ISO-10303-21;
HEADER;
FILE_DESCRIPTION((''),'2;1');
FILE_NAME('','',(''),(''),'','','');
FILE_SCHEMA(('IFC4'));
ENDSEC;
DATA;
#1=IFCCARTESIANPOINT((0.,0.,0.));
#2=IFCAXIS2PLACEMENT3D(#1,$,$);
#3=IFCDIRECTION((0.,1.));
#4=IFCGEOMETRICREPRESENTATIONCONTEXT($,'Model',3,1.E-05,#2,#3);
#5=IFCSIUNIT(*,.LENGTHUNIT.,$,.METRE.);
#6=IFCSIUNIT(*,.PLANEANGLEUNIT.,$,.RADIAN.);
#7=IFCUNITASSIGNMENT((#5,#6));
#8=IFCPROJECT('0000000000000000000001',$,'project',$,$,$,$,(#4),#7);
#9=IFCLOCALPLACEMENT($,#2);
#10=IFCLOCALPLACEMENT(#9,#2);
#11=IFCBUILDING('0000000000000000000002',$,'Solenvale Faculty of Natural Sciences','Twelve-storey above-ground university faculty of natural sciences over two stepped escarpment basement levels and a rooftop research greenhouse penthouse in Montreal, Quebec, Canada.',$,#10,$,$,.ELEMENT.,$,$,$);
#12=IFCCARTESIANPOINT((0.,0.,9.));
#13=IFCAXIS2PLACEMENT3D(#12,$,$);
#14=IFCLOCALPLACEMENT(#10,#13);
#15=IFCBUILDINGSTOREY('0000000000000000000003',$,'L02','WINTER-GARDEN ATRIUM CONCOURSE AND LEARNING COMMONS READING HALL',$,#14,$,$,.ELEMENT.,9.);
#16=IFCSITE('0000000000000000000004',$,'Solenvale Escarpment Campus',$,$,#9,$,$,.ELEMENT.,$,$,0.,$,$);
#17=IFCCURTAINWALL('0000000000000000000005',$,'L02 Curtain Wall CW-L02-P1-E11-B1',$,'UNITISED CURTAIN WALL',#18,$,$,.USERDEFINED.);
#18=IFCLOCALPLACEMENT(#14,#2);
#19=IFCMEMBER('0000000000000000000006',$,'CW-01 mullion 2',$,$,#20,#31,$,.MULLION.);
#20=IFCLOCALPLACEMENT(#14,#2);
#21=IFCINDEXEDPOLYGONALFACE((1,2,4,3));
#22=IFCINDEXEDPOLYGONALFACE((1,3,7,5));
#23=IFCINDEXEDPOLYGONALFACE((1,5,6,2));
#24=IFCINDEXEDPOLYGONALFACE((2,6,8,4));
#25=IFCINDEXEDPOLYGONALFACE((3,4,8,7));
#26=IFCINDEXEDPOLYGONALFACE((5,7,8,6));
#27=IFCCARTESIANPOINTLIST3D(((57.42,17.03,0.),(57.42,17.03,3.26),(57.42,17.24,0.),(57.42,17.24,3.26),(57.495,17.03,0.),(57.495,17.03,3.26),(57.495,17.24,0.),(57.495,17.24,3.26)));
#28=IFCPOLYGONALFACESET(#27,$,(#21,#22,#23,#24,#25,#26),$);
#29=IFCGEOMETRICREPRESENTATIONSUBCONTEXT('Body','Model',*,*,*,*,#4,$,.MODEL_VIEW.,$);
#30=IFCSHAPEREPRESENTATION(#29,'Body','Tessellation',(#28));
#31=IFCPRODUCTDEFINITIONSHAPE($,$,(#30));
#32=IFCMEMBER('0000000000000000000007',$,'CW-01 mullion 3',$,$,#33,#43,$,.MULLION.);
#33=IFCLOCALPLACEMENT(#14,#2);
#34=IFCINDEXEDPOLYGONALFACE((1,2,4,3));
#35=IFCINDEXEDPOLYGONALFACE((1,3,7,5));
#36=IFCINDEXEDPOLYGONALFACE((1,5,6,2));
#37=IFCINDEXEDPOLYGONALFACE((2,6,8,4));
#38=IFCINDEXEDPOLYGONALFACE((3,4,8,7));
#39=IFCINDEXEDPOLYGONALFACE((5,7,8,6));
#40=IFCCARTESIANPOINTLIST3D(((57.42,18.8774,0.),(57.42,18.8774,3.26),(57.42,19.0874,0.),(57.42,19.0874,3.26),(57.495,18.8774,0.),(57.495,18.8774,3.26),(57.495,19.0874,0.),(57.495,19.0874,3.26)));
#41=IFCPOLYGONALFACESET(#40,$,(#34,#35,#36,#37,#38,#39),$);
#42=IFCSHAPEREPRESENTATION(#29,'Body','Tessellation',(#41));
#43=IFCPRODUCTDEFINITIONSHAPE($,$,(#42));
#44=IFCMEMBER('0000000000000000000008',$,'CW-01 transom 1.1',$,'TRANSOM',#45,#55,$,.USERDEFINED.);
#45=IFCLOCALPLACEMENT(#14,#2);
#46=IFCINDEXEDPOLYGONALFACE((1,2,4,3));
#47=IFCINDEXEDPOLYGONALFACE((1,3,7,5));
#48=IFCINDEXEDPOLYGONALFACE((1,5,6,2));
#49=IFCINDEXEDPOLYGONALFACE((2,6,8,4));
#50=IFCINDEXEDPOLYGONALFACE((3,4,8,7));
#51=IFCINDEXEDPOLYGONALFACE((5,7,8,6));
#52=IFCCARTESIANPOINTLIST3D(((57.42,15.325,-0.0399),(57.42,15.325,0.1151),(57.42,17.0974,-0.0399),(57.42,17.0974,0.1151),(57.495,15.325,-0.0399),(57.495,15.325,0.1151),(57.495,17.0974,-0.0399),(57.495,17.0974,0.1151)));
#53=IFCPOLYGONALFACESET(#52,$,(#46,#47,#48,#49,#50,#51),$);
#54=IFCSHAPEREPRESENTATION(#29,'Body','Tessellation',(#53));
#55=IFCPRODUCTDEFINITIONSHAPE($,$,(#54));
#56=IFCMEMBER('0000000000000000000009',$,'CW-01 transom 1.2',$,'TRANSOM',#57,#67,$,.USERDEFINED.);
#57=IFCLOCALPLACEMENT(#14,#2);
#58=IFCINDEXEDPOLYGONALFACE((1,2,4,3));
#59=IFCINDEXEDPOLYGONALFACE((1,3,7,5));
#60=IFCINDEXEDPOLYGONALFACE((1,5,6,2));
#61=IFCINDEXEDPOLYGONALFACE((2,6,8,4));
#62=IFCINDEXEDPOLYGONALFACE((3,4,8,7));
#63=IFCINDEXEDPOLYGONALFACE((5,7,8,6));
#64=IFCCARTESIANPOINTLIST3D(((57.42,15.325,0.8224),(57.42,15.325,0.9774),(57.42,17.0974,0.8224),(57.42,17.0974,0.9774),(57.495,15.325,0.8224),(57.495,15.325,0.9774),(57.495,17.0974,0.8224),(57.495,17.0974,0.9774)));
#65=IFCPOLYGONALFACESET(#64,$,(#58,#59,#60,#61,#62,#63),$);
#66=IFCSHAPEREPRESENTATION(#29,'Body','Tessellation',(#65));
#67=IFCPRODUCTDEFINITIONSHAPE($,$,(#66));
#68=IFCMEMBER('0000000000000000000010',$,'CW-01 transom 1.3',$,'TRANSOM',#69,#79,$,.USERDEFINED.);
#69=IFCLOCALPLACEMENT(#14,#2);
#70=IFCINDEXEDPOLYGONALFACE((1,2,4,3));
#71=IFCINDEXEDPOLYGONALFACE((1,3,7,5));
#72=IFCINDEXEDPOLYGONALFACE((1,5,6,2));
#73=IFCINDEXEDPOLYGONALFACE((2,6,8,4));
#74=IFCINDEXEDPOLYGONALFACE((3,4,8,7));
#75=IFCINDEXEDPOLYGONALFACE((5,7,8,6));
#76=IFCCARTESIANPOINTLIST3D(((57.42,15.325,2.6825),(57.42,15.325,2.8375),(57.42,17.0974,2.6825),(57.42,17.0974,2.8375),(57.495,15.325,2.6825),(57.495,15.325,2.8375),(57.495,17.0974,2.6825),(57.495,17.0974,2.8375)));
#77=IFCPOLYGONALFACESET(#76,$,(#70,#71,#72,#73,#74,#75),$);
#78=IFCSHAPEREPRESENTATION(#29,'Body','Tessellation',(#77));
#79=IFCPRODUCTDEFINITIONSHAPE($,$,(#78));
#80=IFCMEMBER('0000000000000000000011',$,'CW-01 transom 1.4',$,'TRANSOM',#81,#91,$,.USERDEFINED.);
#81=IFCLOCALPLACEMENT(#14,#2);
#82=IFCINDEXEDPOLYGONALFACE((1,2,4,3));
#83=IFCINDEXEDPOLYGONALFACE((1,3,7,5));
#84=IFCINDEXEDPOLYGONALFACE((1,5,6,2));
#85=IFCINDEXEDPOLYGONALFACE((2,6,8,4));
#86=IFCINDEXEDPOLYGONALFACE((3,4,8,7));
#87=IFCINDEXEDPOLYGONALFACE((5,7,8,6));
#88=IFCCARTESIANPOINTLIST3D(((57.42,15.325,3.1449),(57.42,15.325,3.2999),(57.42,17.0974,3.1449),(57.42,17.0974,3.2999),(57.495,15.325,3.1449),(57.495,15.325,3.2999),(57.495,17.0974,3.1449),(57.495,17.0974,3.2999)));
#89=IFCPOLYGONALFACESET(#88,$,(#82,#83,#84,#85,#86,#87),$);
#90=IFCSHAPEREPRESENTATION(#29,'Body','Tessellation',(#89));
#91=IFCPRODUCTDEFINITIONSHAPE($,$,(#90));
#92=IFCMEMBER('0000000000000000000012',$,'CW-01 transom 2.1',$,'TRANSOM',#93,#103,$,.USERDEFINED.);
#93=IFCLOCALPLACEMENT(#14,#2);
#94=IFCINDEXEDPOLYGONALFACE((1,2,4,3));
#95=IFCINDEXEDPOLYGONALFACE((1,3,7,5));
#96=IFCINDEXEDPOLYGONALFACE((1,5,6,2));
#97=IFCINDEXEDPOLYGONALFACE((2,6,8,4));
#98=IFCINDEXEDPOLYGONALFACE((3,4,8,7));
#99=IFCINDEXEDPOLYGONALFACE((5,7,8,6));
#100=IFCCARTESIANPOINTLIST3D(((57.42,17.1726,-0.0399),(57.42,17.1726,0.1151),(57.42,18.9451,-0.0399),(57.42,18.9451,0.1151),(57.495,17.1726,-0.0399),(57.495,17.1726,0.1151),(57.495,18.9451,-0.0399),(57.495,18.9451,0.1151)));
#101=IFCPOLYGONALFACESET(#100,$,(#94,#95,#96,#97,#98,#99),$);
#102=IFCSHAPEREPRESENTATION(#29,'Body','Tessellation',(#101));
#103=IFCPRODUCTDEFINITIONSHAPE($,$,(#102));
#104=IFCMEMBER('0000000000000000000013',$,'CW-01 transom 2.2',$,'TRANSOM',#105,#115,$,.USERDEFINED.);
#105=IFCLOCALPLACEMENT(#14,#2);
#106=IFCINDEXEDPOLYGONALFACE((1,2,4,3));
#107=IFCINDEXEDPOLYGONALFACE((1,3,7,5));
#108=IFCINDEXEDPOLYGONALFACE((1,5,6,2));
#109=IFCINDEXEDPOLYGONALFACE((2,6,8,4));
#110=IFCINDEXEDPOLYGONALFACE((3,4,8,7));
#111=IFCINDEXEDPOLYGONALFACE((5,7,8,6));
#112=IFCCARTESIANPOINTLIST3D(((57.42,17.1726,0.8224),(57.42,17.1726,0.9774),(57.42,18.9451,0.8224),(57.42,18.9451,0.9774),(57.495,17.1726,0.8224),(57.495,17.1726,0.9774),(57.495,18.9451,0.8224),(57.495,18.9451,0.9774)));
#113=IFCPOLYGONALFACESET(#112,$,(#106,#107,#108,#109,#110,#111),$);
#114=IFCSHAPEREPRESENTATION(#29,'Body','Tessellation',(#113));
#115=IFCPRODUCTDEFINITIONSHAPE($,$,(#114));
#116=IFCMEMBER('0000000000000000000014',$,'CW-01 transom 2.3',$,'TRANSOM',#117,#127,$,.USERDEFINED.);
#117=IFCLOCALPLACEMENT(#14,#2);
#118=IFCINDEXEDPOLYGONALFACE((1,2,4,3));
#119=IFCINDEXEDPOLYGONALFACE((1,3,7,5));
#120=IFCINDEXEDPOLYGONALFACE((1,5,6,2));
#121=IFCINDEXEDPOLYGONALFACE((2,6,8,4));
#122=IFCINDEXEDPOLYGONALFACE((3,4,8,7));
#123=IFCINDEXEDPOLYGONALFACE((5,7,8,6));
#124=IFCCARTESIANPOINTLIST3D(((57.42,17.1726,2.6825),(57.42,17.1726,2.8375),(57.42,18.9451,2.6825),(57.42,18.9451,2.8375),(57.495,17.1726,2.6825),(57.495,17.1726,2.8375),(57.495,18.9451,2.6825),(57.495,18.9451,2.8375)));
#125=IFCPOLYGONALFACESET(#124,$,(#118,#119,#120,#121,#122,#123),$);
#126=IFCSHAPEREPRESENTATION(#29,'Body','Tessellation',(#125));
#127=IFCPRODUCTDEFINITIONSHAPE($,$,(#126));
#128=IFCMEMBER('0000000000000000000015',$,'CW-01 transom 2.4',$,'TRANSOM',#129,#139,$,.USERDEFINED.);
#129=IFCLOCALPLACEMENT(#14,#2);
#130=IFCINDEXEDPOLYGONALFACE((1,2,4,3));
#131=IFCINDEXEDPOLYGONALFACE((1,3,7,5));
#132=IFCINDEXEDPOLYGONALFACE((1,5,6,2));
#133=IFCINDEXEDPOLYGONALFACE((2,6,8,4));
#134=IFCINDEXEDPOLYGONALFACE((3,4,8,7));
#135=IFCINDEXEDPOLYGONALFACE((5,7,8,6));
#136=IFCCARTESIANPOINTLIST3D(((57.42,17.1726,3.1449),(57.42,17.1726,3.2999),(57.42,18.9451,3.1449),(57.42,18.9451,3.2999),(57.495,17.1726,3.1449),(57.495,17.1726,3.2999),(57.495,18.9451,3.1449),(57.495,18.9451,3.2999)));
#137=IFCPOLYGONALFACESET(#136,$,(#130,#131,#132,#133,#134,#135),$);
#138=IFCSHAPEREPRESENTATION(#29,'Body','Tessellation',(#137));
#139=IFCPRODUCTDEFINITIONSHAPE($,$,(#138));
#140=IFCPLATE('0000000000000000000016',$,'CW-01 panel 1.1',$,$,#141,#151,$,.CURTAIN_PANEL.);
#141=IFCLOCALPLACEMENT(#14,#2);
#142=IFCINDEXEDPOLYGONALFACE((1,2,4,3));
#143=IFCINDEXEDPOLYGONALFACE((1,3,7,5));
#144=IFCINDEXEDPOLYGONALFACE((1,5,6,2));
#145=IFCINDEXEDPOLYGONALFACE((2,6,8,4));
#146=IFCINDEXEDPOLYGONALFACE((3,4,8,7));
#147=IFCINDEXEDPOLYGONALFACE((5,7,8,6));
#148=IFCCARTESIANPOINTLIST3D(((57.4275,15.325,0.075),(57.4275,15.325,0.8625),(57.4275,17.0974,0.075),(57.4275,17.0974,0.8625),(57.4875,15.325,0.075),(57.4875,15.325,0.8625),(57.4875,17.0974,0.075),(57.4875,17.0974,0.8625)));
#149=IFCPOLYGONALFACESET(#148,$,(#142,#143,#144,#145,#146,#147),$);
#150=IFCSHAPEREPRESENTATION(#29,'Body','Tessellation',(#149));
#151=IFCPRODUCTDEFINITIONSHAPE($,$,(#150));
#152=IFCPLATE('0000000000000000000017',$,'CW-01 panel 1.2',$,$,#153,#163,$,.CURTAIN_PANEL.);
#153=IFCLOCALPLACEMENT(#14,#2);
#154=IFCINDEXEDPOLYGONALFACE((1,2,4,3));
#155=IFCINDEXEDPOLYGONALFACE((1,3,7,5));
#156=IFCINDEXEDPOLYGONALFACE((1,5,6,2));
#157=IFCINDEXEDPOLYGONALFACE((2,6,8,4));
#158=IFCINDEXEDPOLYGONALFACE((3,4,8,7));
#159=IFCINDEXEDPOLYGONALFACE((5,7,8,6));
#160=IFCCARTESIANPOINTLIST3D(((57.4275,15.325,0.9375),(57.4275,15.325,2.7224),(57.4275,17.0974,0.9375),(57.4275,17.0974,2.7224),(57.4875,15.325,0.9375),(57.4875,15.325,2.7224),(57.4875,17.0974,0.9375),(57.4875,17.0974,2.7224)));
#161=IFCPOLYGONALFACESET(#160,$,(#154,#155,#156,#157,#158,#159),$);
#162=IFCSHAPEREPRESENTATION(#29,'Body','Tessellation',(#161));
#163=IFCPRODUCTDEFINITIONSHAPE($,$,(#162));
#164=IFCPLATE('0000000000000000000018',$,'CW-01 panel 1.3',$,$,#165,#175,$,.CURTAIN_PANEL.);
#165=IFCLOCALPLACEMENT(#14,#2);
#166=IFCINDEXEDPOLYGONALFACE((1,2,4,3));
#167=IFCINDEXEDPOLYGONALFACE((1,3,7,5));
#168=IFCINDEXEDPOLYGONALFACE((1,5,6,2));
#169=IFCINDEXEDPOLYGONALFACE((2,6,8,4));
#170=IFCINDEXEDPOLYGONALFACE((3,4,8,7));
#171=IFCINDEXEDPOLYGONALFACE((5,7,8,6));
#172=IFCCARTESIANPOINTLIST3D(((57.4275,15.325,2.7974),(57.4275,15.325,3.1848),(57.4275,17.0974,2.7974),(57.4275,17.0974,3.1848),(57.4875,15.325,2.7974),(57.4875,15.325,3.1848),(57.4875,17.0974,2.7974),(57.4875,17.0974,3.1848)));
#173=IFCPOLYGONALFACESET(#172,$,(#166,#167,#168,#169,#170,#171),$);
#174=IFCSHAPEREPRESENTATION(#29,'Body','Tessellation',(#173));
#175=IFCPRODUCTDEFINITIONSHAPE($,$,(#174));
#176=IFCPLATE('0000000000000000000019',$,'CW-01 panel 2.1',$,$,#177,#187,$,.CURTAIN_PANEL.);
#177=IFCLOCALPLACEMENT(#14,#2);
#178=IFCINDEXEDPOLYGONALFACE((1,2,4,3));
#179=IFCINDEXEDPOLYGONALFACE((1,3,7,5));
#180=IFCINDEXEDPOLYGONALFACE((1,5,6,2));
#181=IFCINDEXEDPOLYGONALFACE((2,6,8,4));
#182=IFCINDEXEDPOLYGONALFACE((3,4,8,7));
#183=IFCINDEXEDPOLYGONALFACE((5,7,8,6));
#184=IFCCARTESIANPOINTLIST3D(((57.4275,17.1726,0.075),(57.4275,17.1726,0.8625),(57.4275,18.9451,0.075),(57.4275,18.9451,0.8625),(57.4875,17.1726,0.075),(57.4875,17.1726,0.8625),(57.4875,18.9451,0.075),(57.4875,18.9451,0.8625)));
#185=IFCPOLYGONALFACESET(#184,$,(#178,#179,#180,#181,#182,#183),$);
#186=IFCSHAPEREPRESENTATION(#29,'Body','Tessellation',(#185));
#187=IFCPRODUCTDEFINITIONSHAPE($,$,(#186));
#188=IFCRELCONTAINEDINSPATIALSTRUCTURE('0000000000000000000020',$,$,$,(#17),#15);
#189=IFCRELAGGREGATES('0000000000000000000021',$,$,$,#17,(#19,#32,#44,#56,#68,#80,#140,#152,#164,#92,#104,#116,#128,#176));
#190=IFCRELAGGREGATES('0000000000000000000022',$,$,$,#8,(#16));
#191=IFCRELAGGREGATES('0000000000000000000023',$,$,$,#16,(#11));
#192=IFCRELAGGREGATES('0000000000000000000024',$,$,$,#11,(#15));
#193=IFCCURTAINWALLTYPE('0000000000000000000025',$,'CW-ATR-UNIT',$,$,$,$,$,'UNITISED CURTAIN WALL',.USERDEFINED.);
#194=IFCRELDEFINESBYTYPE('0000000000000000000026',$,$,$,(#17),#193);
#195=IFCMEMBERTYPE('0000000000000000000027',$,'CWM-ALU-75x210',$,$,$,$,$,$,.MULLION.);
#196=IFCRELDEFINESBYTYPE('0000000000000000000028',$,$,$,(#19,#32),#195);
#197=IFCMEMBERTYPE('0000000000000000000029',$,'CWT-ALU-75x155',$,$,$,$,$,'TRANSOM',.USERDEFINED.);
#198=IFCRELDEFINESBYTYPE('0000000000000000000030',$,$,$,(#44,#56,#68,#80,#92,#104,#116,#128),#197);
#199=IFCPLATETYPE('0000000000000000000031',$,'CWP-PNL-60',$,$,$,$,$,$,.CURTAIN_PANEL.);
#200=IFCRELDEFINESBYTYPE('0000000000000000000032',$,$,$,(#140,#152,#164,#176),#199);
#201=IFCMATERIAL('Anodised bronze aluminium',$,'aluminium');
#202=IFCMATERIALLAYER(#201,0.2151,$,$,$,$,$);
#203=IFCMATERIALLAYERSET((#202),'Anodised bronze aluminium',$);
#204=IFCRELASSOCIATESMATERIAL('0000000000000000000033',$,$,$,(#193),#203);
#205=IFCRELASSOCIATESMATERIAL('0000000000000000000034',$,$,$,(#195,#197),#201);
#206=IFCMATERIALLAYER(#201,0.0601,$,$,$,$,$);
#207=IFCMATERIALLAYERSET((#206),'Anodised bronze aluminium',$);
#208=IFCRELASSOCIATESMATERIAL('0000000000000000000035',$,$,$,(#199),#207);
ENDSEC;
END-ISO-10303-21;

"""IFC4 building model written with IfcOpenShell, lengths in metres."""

from ifc_helpers import new_model, si_unit, direction, frame, origin, origin_2d, place, context, subcontext, project, spatial, rectangle, extrude, material, layer, layer_set, material_profile, profile_set, type_object, element, aggregate, save


model = new_model("IFC4")

# Units and contexts
model_context = context("Model", 3, precision=1e-05, world=origin(), true_north=direction((0.0, 1.0)))
body_context = subcontext(model_context, "Body", "Model", "MODEL_VIEW")
ifc_project = project(units=[si_unit("LENGTHUNIT", "METRE"), si_unit("PLANEANGLEUNIT", "RADIAN")], contexts=[model_context])

# Site, building, storey
site_placement = place(None, origin())
site = spatial("IfcSite", under=ifc_project, at=site_placement, Name="Solenvale Escarpment Campus", CompositionType="ELEMENT", RefElevation=0.0)
building_placement = place(site_placement, origin())
building = spatial("IfcBuilding", under=site, at=building_placement, Name="Solenvale Faculty of Natural Sciences", Description="Twelve-storey above-ground university faculty of natural sciences over two stepped escarpment basement levels and a rooftop research greenhouse penthouse in Montreal, Quebec, Canada.", CompositionType="ELEMENT")
storey_placement = place(building_placement, frame((0.0, 0.0, 9.0)))
storey = spatial("IfcBuildingStorey", under=building, at=storey_placement, Name="L02", Description="WINTER-GARDEN ATRIUM CONCOURSE AND LEARNING COMMONS READING HALL", CompositionType="ELEMENT", Elevation=9.0)

# Curtain wall, members, plates
ifc_material_1 = material(Name="Anodised bronze aluminium", Category="aluminium")
ifc_layer_1 = layer(ifc_material_1, 0.2151)
ifc_layer_set_1 = layer_set([ifc_layer_1], Name="Anodised bronze aluminium")
curtain_wall_type = type_object("IfcCurtainWallType", Name="CW-ATR-UNIT", ElementType="UNITISED CURTAIN WALL", PredefinedType="USERDEFINED", material=ifc_layer_set_1)
curtain_wall_placement = place(storey_placement, origin())
curtain_wall = element("IfcCurtainWall", 1, at=curtain_wall_placement, inside=storey, type_object=curtain_wall_type, Name="L02 Curtain Wall CW-L02-P1-E11-B1", ObjectType="UNITISED CURTAIN WALL", PredefinedType="USERDEFINED")
ifc_material_profile_1 = material_profile(ifc_material_1, rectangle(XDim=0.075, YDim=0.21, at=origin_2d()), Name="ALU-MUL-75x210")
ifc_profile_set_1 = profile_set([ifc_material_profile_1], Name="Anodised bronze aluminium")
member_type_1 = type_object("IfcMemberType", Name="CWM-ALU-75x210", PredefinedType="MULLION", material=ifc_profile_set_1)
member_1_placement = place(storey_placement, frame((57.4575, 17.135, 0.0), z_axis=(0.0, 0.0, 1.0), x_axis=(-1.0, 0.0, 0.0)))
member_1 = element("IfcMember", 2, at=member_1_placement, type_object=member_type_1, Name="CW-01 mullion 2", PredefinedType="MULLION", context=body_context, shape_type="SweptSolid", body=[
    extrude(rectangle(XDim=0.075, YDim=0.21, at=origin_2d()), origin(), (0.0, 0.0, 1.0), 3.26),
])
member_2_placement = place(storey_placement, frame((57.4575, 18.9824, 0.0), z_axis=(0.0, 0.0, 1.0), x_axis=(-1.0, 0.0, 0.0)))
member_2 = element("IfcMember", 3, at=member_2_placement, type_object=member_type_1, Name="CW-01 mullion 3", PredefinedType="MULLION", context=body_context, shape_type="SweptSolid", body=[
    extrude(rectangle(XDim=0.075, YDim=0.21, at=origin_2d()), origin(), (0.0, 0.0, 1.0), 3.26),
])
ifc_material_profile_2 = material_profile(ifc_material_1, rectangle(XDim=0.075, YDim=0.155, at=origin_2d()), Name="ALU-TRN-75x155")
ifc_profile_set_2 = profile_set([ifc_material_profile_2], Name="Anodised bronze aluminium")
member_type_2 = type_object("IfcMemberType", Name="CWT-ALU-75x155", ElementType="TRANSOM", PredefinedType="USERDEFINED", material=ifc_profile_set_2)
member_3_placement = place(storey_placement, frame((57.4575, 15.325, 0.0376), z_axis=(0.0, 1.0, 0.0), x_axis=(-1.0, 0.0, 0.0)))
member_3 = element("IfcMember", 4, at=member_3_placement, type_object=member_type_2, Name="CW-01 transom 1.1", ObjectType="TRANSOM", PredefinedType="USERDEFINED", context=body_context, shape_type="SweptSolid", body=[
    extrude(rectangle(XDim=0.075, YDim=0.155, at=origin_2d()), origin(), (0.0, 0.0, 1.0), 1.7725),
])
member_4_placement = place(storey_placement, frame((57.4575, 15.325, 0.8999), z_axis=(0.0, 1.0, 0.0), x_axis=(-1.0, 0.0, 0.0)))
member_4 = element("IfcMember", 5, at=member_4_placement, type_object=member_type_2, Name="CW-01 transom 1.2", ObjectType="TRANSOM", PredefinedType="USERDEFINED", context=body_context, shape_type="SweptSolid", body=[
    extrude(rectangle(XDim=0.075, YDim=0.155, at=origin_2d()), origin(), (0.0, 0.0, 1.0), 1.7725),
])
member_5_placement = place(storey_placement, frame((57.4575, 15.325, 2.76), z_axis=(0.0, 1.0, 0.0), x_axis=(-1.0, 0.0, 0.0)))
member_5 = element("IfcMember", 6, at=member_5_placement, type_object=member_type_2, Name="CW-01 transom 1.3", ObjectType="TRANSOM", PredefinedType="USERDEFINED", context=body_context, shape_type="SweptSolid", body=[
    extrude(rectangle(XDim=0.075, YDim=0.155, at=origin_2d()), origin(), (0.0, 0.0, 1.0), 1.7725),
])
member_6_placement = place(storey_placement, frame((57.4575, 15.325, 3.2224), z_axis=(0.0, 1.0, 0.0), x_axis=(-1.0, 0.0, 0.0)))
member_6 = element("IfcMember", 7, at=member_6_placement, type_object=member_type_2, Name="CW-01 transom 1.4", ObjectType="TRANSOM", PredefinedType="USERDEFINED", context=body_context, shape_type="SweptSolid", body=[
    extrude(rectangle(XDim=0.075, YDim=0.155, at=origin_2d()), origin(), (0.0, 0.0, 1.0), 1.7725),
])
member_7_placement = place(storey_placement, frame((57.4575, 17.1726, 0.0376), z_axis=(0.0, 1.0, 0.0), x_axis=(-1.0, 0.0, 0.0)))
member_7 = element("IfcMember", 8, at=member_7_placement, type_object=member_type_2, Name="CW-01 transom 2.1", ObjectType="TRANSOM", PredefinedType="USERDEFINED", context=body_context, shape_type="SweptSolid", body=[
    extrude(rectangle(XDim=0.075, YDim=0.155, at=origin_2d()), origin(), (0.0, 0.0, 1.0), 1.7725),
])
member_8_placement = place(storey_placement, frame((57.4575, 17.1726, 0.8999), z_axis=(0.0, 1.0, 0.0), x_axis=(-1.0, 0.0, 0.0)))
member_8 = element("IfcMember", 9, at=member_8_placement, type_object=member_type_2, Name="CW-01 transom 2.2", ObjectType="TRANSOM", PredefinedType="USERDEFINED", context=body_context, shape_type="SweptSolid", body=[
    extrude(rectangle(XDim=0.075, YDim=0.155, at=origin_2d()), origin(), (0.0, 0.0, 1.0), 1.7725),
])
member_9_placement = place(storey_placement, frame((57.4575, 17.1726, 2.76), z_axis=(0.0, 1.0, 0.0), x_axis=(-1.0, 0.0, 0.0)))
member_9 = element("IfcMember", 10, at=member_9_placement, type_object=member_type_2, Name="CW-01 transom 2.3", ObjectType="TRANSOM", PredefinedType="USERDEFINED", context=body_context, shape_type="SweptSolid", body=[
    extrude(rectangle(XDim=0.075, YDim=0.155, at=origin_2d()), origin(), (0.0, 0.0, 1.0), 1.7725),
])
member_10_placement = place(storey_placement, frame((57.4575, 17.1726, 3.2224), z_axis=(0.0, 1.0, 0.0), x_axis=(-1.0, 0.0, 0.0)))
member_10 = element("IfcMember", 11, at=member_10_placement, type_object=member_type_2, Name="CW-01 transom 2.4", ObjectType="TRANSOM", PredefinedType="USERDEFINED", context=body_context, shape_type="SweptSolid", body=[
    extrude(rectangle(XDim=0.075, YDim=0.155, at=origin_2d()), origin(), (0.0, 0.0, 1.0), 1.7725),
])
ifc_layer_2 = layer(ifc_material_1, 0.0601)
ifc_layer_set_2 = layer_set([ifc_layer_2], Name="Anodised bronze aluminium")
plate_type = type_object("IfcPlateType", Name="CWP-PNL-60", PredefinedType="CURTAIN_PANEL", material=ifc_layer_set_2)
plate_1_placement = place(storey_placement, frame((57.4575, 16.2112, 0.075), z_axis=(0.0, 0.0, 1.0), x_axis=(0.0, 1.0, 0.0)))
plate_1 = element("IfcPlate", 12, at=plate_1_placement, type_object=plate_type, Name="CW-01 panel 1.1", PredefinedType="CURTAIN_PANEL", context=body_context, shape_type="SweptSolid", body=[
    extrude(rectangle(XDim=1.7725, YDim=0.0601, at=origin_2d()), origin(), (0.0, 0.0, 1.0), 0.7876),
])
plate_2_placement = place(storey_placement, frame((57.4575, 16.2112, 0.9375), z_axis=(0.0, 0.0, 1.0), x_axis=(0.0, 1.0, 0.0)))
plate_2 = element("IfcPlate", 13, at=plate_2_placement, type_object=plate_type, Name="CW-01 panel 1.2", PredefinedType="CURTAIN_PANEL", context=body_context, shape_type="SweptSolid", body=[
    extrude(rectangle(XDim=1.7725, YDim=0.0601, at=origin_2d()), origin(), (0.0, 0.0, 1.0), 1.7849),
])
plate_3_placement = place(storey_placement, frame((57.4575, 16.2112, 2.7974), z_axis=(0.0, 0.0, 1.0), x_axis=(0.0, 1.0, 0.0)))
plate_3 = element("IfcPlate", 14, at=plate_3_placement, type_object=plate_type, Name="CW-01 panel 1.3", PredefinedType="CURTAIN_PANEL", context=body_context, shape_type="SweptSolid", body=[
    extrude(rectangle(XDim=1.7725, YDim=0.0601, at=origin_2d()), origin(), (0.0, 0.0, 1.0), 0.3875),
])
plate_4_placement = place(storey_placement, frame((57.4575, 18.0588, 0.075), z_axis=(0.0, 0.0, 1.0), x_axis=(0.0, 1.0, 0.0)))
plate_4 = element("IfcPlate", 15, at=plate_4_placement, type_object=plate_type, Name="CW-01 panel 2.1", PredefinedType="CURTAIN_PANEL", context=body_context, shape_type="SweptSolid", body=[
    extrude(rectangle(XDim=1.7725, YDim=0.0601, at=origin_2d()), origin(), (0.0, 0.0, 1.0), 0.7876),
])
aggregate(curtain_wall, [member_1, member_2, member_3, member_4, member_5, member_6, plate_1, plate_2, plate_3, member_7, member_8, member_9, member_10, plate_4])

save(model, "model.ifc")
